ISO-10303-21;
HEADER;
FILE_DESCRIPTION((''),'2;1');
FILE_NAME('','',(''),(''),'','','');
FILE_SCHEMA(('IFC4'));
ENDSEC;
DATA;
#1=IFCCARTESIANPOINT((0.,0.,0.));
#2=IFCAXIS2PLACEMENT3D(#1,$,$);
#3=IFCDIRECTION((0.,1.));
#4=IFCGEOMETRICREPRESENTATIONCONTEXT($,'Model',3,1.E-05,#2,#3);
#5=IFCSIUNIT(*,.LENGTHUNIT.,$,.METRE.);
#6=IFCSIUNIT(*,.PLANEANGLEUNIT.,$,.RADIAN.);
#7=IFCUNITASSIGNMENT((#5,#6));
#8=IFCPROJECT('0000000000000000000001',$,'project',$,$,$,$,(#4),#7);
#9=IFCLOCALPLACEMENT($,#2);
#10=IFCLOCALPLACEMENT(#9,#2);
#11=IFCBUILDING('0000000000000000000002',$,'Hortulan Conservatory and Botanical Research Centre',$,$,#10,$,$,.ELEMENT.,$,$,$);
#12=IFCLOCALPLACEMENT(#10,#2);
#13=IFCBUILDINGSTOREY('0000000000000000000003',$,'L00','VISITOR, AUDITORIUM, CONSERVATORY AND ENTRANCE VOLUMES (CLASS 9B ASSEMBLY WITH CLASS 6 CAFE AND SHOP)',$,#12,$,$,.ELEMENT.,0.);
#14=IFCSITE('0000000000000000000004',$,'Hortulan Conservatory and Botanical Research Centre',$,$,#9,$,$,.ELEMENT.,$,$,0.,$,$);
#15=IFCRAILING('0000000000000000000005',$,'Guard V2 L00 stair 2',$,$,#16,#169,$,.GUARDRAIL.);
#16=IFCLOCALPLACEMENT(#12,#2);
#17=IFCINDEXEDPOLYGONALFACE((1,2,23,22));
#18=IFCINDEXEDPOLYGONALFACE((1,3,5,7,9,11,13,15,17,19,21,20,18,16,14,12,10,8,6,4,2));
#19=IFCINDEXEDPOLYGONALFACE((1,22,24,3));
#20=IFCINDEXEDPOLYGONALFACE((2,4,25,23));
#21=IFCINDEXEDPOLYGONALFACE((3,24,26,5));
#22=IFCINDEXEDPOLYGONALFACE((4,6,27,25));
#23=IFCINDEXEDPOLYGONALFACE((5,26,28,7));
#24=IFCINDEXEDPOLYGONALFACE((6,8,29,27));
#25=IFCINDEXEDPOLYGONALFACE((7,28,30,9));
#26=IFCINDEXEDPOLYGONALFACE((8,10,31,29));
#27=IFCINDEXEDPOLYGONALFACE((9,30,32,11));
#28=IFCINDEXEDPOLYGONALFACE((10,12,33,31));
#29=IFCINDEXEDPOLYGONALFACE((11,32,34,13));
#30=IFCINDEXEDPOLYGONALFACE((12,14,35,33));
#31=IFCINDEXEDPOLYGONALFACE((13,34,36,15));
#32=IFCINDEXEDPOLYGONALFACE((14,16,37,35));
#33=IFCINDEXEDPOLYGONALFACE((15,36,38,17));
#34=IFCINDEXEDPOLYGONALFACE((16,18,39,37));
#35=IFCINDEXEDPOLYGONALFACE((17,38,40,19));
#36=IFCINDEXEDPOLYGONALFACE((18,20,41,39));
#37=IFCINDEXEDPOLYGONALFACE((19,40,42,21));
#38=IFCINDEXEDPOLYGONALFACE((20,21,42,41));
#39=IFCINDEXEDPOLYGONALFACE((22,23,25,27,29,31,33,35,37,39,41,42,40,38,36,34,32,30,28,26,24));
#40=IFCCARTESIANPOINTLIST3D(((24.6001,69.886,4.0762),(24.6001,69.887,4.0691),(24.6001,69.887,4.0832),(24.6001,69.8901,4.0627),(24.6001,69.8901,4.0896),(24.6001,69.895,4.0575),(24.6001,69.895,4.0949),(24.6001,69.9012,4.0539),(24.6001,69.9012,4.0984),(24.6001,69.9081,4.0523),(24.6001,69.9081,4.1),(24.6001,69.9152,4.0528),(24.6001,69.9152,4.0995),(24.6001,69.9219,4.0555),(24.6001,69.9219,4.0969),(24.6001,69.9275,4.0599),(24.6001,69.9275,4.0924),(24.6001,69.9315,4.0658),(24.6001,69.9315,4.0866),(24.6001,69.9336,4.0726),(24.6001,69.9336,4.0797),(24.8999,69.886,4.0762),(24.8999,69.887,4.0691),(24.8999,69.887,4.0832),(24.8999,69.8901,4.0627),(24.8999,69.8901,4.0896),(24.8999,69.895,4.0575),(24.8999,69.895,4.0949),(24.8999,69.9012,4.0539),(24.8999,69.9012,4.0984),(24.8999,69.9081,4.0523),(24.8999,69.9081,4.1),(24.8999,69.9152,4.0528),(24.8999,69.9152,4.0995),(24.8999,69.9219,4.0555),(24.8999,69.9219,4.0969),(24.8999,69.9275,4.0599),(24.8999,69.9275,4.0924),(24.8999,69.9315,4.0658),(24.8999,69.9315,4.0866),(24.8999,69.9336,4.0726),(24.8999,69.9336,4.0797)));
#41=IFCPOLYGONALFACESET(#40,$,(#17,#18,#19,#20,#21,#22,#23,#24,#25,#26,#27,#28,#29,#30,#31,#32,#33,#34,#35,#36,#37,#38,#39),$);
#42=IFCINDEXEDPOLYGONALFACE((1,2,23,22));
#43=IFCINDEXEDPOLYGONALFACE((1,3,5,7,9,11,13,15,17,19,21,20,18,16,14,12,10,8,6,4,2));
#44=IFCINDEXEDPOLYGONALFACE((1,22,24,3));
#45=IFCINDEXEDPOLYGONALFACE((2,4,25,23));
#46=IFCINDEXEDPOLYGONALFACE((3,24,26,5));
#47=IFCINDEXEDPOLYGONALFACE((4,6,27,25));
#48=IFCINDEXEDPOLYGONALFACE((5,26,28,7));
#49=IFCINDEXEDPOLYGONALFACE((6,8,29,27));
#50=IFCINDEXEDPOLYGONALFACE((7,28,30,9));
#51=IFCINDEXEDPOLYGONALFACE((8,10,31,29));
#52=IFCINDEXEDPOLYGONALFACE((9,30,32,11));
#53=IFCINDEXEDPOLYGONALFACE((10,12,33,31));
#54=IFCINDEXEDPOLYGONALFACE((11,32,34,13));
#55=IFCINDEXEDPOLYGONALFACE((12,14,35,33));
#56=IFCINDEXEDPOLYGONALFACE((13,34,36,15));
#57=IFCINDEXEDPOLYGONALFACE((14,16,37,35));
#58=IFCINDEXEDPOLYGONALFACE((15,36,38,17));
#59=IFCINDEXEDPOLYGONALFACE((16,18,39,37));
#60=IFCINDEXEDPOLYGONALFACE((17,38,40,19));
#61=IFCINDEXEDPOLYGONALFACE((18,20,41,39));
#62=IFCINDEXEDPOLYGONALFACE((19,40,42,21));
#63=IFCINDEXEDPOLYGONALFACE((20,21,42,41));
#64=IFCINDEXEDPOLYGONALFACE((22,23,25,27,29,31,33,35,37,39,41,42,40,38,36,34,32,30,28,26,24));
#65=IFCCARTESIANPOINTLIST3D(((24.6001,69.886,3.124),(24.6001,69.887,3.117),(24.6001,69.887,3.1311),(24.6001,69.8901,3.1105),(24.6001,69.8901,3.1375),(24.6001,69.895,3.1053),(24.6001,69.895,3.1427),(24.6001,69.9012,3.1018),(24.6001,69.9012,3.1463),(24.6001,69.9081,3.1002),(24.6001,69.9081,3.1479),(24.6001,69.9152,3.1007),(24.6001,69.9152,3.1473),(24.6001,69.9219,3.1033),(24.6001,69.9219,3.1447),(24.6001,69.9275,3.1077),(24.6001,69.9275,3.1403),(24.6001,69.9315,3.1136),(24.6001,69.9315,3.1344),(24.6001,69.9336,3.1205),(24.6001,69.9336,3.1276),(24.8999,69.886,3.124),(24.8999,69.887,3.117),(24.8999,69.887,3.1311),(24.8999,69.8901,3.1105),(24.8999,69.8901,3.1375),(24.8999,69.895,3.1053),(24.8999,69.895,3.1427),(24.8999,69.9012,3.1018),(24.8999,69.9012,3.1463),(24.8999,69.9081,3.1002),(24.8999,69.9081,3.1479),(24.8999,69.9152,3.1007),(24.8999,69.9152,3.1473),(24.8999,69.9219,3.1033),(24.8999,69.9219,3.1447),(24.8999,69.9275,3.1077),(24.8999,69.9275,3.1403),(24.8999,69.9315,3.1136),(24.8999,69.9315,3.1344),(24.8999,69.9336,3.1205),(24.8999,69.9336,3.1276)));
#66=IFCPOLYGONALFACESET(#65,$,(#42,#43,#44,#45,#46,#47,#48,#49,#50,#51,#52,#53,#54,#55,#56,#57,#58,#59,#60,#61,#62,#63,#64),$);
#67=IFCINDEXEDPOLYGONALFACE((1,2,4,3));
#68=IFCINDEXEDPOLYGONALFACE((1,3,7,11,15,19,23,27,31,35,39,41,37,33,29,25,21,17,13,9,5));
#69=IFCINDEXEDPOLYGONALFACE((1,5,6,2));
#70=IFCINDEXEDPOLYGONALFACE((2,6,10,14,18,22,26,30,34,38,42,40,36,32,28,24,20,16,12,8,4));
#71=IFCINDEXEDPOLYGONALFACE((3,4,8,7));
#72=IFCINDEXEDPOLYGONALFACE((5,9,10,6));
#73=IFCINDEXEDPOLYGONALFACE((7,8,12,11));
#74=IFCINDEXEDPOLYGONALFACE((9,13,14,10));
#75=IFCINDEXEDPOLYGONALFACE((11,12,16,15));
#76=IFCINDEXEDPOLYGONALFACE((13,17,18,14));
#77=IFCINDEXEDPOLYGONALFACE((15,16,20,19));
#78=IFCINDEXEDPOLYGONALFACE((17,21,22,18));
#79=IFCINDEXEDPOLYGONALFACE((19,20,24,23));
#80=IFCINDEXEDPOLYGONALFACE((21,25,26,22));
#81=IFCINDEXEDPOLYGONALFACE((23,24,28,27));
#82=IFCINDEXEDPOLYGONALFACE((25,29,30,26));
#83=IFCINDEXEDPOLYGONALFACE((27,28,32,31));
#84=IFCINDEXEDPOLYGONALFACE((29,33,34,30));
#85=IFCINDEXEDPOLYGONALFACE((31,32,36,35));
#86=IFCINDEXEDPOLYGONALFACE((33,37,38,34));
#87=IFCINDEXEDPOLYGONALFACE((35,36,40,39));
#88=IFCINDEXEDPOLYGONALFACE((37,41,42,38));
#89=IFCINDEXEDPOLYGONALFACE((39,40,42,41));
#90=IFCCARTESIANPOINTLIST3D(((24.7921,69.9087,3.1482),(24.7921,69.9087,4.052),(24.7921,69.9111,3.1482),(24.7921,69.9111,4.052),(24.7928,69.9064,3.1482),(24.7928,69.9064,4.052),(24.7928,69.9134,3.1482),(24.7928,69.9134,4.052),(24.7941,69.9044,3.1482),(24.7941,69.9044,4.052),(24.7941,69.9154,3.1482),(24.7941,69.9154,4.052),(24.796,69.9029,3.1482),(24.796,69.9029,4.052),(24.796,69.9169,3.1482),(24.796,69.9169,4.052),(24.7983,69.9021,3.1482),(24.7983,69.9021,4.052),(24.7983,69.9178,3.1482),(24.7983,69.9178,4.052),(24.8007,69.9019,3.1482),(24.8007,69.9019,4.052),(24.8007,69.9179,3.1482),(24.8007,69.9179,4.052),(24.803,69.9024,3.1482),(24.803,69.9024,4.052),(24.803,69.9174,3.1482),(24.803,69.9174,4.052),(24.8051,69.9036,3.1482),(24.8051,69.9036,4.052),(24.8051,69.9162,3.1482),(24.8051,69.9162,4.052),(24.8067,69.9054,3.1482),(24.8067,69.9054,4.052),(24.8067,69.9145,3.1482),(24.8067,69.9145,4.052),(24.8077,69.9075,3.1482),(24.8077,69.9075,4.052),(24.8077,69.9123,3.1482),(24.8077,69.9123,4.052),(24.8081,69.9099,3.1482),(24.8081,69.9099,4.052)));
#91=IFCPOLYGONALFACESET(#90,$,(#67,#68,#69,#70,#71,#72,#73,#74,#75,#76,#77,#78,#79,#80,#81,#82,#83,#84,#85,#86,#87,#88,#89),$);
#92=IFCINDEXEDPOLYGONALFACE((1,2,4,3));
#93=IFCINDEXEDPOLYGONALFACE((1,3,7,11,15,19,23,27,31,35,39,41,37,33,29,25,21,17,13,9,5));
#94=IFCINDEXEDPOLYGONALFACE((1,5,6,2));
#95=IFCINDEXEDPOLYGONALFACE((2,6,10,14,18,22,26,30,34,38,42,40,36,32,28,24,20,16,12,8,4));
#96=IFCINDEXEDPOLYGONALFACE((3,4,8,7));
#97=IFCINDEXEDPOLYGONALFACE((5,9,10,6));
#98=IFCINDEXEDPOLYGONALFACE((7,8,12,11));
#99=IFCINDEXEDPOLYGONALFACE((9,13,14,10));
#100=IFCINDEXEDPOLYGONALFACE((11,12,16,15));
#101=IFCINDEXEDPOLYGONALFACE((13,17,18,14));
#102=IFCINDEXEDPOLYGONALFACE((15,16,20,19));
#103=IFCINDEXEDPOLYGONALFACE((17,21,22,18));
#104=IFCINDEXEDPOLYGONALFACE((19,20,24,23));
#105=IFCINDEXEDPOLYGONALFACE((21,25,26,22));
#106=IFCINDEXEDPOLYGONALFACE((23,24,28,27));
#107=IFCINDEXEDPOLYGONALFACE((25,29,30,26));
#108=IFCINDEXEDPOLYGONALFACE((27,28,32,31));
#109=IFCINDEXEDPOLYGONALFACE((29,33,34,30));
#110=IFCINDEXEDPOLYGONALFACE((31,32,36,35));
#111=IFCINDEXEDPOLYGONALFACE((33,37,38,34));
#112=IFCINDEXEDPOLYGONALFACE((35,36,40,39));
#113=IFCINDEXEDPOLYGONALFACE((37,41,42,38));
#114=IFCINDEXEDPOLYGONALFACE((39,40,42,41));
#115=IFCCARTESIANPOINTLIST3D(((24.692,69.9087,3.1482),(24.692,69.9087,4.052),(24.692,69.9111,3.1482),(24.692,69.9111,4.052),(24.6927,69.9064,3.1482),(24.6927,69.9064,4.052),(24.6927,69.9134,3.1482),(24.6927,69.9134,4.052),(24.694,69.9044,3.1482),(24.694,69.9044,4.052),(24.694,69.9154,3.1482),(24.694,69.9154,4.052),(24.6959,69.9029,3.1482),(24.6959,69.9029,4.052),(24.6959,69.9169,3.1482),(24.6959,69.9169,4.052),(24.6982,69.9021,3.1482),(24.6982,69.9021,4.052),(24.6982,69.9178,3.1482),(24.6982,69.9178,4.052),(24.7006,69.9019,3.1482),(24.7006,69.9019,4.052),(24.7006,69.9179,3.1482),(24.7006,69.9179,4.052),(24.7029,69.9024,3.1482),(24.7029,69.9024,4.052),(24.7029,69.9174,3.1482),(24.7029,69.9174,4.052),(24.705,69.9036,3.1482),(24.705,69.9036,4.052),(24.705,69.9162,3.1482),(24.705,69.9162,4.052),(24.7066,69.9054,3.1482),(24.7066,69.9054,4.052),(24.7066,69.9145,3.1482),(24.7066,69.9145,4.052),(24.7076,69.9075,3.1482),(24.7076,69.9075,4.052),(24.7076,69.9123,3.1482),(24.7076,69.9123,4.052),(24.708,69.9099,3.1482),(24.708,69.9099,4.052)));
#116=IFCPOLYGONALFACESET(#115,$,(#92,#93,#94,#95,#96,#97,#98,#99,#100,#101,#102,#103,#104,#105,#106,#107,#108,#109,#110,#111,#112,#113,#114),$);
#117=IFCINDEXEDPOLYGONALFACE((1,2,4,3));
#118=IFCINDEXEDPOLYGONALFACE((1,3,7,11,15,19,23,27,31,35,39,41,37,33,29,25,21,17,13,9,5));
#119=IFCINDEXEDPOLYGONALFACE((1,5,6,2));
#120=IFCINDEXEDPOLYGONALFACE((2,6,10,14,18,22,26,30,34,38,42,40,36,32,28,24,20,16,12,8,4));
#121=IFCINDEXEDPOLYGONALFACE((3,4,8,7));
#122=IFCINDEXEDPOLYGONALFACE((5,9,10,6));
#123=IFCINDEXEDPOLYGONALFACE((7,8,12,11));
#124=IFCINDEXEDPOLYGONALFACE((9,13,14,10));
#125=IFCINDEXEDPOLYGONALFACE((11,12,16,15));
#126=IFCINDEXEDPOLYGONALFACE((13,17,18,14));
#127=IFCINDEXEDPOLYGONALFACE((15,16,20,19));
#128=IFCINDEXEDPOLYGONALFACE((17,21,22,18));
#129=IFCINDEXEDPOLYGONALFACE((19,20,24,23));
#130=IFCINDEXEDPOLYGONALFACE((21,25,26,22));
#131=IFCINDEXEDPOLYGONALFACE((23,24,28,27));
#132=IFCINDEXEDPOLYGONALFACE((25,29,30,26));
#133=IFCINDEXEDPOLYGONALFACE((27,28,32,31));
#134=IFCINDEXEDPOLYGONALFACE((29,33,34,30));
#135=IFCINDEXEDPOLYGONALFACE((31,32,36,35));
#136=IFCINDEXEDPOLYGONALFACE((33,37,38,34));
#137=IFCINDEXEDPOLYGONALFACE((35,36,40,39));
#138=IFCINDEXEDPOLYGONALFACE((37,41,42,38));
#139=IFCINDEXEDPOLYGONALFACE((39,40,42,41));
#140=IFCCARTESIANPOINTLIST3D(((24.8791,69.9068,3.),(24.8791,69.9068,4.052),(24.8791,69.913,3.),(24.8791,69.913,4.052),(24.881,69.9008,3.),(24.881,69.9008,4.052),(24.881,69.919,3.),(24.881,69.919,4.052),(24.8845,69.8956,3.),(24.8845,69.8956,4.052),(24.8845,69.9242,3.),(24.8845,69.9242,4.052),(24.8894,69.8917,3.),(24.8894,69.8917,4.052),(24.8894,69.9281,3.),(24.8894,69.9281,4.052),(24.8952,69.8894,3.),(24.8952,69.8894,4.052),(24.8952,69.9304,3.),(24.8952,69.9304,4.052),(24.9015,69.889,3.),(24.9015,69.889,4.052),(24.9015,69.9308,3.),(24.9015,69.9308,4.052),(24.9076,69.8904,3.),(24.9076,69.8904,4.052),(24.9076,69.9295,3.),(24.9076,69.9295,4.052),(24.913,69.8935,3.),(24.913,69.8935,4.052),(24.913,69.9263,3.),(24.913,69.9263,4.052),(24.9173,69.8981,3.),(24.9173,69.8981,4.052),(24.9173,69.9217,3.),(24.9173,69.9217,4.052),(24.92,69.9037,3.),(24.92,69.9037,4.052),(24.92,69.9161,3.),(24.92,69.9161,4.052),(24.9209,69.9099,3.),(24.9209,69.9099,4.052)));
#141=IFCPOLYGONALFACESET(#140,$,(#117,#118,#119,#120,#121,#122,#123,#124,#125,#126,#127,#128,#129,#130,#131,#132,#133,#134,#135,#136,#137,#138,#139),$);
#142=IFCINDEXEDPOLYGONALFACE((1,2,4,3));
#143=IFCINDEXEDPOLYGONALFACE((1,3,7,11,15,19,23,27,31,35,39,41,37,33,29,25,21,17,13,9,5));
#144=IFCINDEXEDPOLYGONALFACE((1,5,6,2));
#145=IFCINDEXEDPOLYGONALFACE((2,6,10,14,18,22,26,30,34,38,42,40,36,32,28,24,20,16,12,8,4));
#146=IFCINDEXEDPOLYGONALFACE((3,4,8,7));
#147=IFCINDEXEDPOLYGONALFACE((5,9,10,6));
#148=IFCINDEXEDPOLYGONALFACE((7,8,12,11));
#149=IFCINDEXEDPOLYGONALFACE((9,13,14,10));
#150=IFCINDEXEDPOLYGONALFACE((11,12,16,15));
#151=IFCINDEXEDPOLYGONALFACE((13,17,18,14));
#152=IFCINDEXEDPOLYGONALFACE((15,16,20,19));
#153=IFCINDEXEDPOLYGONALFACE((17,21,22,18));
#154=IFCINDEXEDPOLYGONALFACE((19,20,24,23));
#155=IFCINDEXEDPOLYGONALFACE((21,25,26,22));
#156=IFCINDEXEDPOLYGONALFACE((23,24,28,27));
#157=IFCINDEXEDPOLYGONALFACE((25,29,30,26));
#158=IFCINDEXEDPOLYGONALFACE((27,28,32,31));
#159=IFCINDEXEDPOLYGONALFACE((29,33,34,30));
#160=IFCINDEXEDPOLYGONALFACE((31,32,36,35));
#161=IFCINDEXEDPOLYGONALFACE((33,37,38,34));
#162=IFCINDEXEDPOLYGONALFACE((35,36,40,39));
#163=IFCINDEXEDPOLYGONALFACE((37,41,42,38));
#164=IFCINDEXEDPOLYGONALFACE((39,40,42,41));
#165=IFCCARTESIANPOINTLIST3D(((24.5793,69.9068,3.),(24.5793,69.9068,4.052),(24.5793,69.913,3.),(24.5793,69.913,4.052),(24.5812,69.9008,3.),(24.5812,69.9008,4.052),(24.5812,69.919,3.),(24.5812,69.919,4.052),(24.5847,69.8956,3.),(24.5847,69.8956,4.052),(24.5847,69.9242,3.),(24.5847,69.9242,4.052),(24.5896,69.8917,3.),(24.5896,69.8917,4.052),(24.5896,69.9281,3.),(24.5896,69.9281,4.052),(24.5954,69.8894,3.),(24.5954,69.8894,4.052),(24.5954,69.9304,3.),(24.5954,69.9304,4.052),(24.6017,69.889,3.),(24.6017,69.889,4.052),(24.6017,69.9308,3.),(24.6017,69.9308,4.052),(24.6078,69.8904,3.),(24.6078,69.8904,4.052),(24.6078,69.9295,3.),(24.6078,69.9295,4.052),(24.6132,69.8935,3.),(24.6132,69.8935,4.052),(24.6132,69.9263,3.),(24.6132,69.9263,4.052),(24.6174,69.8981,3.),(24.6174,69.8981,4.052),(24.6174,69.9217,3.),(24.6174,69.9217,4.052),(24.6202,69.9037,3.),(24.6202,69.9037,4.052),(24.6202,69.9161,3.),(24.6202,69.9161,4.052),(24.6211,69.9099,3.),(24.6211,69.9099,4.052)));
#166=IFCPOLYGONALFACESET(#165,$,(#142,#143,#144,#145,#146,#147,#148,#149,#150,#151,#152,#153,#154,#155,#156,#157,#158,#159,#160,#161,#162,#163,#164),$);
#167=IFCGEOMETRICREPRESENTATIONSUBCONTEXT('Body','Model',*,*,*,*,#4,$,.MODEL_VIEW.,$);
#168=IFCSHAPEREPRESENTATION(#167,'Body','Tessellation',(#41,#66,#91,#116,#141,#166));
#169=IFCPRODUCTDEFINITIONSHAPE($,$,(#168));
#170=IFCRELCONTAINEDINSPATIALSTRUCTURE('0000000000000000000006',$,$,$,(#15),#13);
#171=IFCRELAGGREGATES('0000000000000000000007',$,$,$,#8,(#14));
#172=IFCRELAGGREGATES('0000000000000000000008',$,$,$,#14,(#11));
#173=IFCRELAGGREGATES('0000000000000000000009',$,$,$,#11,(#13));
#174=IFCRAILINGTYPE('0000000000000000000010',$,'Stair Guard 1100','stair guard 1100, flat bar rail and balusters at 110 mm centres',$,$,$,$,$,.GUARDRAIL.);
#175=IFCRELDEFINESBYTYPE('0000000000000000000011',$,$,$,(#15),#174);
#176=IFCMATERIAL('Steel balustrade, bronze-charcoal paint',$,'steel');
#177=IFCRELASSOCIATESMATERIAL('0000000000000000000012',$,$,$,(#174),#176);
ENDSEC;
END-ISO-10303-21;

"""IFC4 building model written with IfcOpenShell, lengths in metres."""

from ifc_helpers import new_model, si_unit, direction, frame, origin, origin_2d, place, context, subcontext, project, spatial, circle, extrude, material, type_object, element, save


model = new_model("IFC4")

# Units and contexts
model_context = context("Model", 3, precision=1e-05, world=origin(), true_north=direction((0.0, 1.0)))
body_context = subcontext(model_context, "Body", "Model", "MODEL_VIEW")
ifc_project = project(units=[si_unit("LENGTHUNIT", "METRE"), si_unit("PLANEANGLEUNIT", "RADIAN")], contexts=[model_context])

# Site, building, storey
site_placement = place(None, origin())
site = spatial("IfcSite", under=ifc_project, at=site_placement, Name="Hortulan Conservatory and Botanical Research Centre", CompositionType="ELEMENT", RefElevation=0.0)
building_placement = place(site_placement, origin())
building = spatial("IfcBuilding", under=site, at=building_placement, Name="Hortulan Conservatory and Botanical Research Centre", CompositionType="ELEMENT")
storey_placement = place(building_placement, origin())
storey = spatial("IfcBuildingStorey", under=building, at=storey_placement, Name="L00", Description="VISITOR, AUDITORIUM, CONSERVATORY AND ENTRANCE VOLUMES (CLASS 9B ASSEMBLY WITH CLASS 6 CAFE AND SHOP)", CompositionType="ELEMENT", Elevation=0.0)

# Railing
ifc_material_1 = material(Name="Steel balustrade, bronze-charcoal paint", Category="steel")
railing_type_1 = type_object("IfcRailingType", Name="Stair Guard 1100", Description="stair guard 1100, flat bar rail and balusters at 110 mm centres", PredefinedType="GUARDRAIL", material=ifc_material_1)
railing_1_placement = place(storey_placement, frame((24.8999, 69.9099, 3.0)))
element("IfcRailing", 1, at=railing_1_placement, inside=storey, type_object=railing_type_1, Name="Guard V2 L00 stair 2", PredefinedType="GUARDRAIL", context=body_context, shape_type="SweptSolid", body=[
    extrude(circle(Radius=0.0239, at=origin_2d()), frame((0.0, 0.0, 1.0762), z_axis=(-1.0, 0.0, 0.0), x_axis=(0.0, -1.0, 0.0)), (0.0, 0.0, 1.0), 0.2998),
    extrude(circle(Radius=0.0239, at=origin_2d()), frame((0.0, 0.0, 0.124), z_axis=(-1.0, 0.0, 0.0), x_axis=(0.0, -1.0, 0.0)), (0.0, 0.0, 1.0), 0.2998),
    extrude(circle(Radius=0.0081, at=origin_2d()), frame((-0.0999, 0.0, 0.1482)), (0.0, 0.0, 1.0), 0.9038),
    extrude(circle(Radius=0.0081, at=origin_2d()), frame((-0.2, 0.0, 0.1482)), (0.0, 0.0, 1.0), 0.9038),
    extrude(circle(Radius=0.021, at=origin_2d()), origin(), (0.0, 0.0, 1.0), 1.052),
    extrude(circle(Radius=0.021, at=origin_2d()), frame((-0.2998, 0.0, 0.0)), (0.0, 0.0, 1.0), 1.052),
])

save(model, "model.ifc")
